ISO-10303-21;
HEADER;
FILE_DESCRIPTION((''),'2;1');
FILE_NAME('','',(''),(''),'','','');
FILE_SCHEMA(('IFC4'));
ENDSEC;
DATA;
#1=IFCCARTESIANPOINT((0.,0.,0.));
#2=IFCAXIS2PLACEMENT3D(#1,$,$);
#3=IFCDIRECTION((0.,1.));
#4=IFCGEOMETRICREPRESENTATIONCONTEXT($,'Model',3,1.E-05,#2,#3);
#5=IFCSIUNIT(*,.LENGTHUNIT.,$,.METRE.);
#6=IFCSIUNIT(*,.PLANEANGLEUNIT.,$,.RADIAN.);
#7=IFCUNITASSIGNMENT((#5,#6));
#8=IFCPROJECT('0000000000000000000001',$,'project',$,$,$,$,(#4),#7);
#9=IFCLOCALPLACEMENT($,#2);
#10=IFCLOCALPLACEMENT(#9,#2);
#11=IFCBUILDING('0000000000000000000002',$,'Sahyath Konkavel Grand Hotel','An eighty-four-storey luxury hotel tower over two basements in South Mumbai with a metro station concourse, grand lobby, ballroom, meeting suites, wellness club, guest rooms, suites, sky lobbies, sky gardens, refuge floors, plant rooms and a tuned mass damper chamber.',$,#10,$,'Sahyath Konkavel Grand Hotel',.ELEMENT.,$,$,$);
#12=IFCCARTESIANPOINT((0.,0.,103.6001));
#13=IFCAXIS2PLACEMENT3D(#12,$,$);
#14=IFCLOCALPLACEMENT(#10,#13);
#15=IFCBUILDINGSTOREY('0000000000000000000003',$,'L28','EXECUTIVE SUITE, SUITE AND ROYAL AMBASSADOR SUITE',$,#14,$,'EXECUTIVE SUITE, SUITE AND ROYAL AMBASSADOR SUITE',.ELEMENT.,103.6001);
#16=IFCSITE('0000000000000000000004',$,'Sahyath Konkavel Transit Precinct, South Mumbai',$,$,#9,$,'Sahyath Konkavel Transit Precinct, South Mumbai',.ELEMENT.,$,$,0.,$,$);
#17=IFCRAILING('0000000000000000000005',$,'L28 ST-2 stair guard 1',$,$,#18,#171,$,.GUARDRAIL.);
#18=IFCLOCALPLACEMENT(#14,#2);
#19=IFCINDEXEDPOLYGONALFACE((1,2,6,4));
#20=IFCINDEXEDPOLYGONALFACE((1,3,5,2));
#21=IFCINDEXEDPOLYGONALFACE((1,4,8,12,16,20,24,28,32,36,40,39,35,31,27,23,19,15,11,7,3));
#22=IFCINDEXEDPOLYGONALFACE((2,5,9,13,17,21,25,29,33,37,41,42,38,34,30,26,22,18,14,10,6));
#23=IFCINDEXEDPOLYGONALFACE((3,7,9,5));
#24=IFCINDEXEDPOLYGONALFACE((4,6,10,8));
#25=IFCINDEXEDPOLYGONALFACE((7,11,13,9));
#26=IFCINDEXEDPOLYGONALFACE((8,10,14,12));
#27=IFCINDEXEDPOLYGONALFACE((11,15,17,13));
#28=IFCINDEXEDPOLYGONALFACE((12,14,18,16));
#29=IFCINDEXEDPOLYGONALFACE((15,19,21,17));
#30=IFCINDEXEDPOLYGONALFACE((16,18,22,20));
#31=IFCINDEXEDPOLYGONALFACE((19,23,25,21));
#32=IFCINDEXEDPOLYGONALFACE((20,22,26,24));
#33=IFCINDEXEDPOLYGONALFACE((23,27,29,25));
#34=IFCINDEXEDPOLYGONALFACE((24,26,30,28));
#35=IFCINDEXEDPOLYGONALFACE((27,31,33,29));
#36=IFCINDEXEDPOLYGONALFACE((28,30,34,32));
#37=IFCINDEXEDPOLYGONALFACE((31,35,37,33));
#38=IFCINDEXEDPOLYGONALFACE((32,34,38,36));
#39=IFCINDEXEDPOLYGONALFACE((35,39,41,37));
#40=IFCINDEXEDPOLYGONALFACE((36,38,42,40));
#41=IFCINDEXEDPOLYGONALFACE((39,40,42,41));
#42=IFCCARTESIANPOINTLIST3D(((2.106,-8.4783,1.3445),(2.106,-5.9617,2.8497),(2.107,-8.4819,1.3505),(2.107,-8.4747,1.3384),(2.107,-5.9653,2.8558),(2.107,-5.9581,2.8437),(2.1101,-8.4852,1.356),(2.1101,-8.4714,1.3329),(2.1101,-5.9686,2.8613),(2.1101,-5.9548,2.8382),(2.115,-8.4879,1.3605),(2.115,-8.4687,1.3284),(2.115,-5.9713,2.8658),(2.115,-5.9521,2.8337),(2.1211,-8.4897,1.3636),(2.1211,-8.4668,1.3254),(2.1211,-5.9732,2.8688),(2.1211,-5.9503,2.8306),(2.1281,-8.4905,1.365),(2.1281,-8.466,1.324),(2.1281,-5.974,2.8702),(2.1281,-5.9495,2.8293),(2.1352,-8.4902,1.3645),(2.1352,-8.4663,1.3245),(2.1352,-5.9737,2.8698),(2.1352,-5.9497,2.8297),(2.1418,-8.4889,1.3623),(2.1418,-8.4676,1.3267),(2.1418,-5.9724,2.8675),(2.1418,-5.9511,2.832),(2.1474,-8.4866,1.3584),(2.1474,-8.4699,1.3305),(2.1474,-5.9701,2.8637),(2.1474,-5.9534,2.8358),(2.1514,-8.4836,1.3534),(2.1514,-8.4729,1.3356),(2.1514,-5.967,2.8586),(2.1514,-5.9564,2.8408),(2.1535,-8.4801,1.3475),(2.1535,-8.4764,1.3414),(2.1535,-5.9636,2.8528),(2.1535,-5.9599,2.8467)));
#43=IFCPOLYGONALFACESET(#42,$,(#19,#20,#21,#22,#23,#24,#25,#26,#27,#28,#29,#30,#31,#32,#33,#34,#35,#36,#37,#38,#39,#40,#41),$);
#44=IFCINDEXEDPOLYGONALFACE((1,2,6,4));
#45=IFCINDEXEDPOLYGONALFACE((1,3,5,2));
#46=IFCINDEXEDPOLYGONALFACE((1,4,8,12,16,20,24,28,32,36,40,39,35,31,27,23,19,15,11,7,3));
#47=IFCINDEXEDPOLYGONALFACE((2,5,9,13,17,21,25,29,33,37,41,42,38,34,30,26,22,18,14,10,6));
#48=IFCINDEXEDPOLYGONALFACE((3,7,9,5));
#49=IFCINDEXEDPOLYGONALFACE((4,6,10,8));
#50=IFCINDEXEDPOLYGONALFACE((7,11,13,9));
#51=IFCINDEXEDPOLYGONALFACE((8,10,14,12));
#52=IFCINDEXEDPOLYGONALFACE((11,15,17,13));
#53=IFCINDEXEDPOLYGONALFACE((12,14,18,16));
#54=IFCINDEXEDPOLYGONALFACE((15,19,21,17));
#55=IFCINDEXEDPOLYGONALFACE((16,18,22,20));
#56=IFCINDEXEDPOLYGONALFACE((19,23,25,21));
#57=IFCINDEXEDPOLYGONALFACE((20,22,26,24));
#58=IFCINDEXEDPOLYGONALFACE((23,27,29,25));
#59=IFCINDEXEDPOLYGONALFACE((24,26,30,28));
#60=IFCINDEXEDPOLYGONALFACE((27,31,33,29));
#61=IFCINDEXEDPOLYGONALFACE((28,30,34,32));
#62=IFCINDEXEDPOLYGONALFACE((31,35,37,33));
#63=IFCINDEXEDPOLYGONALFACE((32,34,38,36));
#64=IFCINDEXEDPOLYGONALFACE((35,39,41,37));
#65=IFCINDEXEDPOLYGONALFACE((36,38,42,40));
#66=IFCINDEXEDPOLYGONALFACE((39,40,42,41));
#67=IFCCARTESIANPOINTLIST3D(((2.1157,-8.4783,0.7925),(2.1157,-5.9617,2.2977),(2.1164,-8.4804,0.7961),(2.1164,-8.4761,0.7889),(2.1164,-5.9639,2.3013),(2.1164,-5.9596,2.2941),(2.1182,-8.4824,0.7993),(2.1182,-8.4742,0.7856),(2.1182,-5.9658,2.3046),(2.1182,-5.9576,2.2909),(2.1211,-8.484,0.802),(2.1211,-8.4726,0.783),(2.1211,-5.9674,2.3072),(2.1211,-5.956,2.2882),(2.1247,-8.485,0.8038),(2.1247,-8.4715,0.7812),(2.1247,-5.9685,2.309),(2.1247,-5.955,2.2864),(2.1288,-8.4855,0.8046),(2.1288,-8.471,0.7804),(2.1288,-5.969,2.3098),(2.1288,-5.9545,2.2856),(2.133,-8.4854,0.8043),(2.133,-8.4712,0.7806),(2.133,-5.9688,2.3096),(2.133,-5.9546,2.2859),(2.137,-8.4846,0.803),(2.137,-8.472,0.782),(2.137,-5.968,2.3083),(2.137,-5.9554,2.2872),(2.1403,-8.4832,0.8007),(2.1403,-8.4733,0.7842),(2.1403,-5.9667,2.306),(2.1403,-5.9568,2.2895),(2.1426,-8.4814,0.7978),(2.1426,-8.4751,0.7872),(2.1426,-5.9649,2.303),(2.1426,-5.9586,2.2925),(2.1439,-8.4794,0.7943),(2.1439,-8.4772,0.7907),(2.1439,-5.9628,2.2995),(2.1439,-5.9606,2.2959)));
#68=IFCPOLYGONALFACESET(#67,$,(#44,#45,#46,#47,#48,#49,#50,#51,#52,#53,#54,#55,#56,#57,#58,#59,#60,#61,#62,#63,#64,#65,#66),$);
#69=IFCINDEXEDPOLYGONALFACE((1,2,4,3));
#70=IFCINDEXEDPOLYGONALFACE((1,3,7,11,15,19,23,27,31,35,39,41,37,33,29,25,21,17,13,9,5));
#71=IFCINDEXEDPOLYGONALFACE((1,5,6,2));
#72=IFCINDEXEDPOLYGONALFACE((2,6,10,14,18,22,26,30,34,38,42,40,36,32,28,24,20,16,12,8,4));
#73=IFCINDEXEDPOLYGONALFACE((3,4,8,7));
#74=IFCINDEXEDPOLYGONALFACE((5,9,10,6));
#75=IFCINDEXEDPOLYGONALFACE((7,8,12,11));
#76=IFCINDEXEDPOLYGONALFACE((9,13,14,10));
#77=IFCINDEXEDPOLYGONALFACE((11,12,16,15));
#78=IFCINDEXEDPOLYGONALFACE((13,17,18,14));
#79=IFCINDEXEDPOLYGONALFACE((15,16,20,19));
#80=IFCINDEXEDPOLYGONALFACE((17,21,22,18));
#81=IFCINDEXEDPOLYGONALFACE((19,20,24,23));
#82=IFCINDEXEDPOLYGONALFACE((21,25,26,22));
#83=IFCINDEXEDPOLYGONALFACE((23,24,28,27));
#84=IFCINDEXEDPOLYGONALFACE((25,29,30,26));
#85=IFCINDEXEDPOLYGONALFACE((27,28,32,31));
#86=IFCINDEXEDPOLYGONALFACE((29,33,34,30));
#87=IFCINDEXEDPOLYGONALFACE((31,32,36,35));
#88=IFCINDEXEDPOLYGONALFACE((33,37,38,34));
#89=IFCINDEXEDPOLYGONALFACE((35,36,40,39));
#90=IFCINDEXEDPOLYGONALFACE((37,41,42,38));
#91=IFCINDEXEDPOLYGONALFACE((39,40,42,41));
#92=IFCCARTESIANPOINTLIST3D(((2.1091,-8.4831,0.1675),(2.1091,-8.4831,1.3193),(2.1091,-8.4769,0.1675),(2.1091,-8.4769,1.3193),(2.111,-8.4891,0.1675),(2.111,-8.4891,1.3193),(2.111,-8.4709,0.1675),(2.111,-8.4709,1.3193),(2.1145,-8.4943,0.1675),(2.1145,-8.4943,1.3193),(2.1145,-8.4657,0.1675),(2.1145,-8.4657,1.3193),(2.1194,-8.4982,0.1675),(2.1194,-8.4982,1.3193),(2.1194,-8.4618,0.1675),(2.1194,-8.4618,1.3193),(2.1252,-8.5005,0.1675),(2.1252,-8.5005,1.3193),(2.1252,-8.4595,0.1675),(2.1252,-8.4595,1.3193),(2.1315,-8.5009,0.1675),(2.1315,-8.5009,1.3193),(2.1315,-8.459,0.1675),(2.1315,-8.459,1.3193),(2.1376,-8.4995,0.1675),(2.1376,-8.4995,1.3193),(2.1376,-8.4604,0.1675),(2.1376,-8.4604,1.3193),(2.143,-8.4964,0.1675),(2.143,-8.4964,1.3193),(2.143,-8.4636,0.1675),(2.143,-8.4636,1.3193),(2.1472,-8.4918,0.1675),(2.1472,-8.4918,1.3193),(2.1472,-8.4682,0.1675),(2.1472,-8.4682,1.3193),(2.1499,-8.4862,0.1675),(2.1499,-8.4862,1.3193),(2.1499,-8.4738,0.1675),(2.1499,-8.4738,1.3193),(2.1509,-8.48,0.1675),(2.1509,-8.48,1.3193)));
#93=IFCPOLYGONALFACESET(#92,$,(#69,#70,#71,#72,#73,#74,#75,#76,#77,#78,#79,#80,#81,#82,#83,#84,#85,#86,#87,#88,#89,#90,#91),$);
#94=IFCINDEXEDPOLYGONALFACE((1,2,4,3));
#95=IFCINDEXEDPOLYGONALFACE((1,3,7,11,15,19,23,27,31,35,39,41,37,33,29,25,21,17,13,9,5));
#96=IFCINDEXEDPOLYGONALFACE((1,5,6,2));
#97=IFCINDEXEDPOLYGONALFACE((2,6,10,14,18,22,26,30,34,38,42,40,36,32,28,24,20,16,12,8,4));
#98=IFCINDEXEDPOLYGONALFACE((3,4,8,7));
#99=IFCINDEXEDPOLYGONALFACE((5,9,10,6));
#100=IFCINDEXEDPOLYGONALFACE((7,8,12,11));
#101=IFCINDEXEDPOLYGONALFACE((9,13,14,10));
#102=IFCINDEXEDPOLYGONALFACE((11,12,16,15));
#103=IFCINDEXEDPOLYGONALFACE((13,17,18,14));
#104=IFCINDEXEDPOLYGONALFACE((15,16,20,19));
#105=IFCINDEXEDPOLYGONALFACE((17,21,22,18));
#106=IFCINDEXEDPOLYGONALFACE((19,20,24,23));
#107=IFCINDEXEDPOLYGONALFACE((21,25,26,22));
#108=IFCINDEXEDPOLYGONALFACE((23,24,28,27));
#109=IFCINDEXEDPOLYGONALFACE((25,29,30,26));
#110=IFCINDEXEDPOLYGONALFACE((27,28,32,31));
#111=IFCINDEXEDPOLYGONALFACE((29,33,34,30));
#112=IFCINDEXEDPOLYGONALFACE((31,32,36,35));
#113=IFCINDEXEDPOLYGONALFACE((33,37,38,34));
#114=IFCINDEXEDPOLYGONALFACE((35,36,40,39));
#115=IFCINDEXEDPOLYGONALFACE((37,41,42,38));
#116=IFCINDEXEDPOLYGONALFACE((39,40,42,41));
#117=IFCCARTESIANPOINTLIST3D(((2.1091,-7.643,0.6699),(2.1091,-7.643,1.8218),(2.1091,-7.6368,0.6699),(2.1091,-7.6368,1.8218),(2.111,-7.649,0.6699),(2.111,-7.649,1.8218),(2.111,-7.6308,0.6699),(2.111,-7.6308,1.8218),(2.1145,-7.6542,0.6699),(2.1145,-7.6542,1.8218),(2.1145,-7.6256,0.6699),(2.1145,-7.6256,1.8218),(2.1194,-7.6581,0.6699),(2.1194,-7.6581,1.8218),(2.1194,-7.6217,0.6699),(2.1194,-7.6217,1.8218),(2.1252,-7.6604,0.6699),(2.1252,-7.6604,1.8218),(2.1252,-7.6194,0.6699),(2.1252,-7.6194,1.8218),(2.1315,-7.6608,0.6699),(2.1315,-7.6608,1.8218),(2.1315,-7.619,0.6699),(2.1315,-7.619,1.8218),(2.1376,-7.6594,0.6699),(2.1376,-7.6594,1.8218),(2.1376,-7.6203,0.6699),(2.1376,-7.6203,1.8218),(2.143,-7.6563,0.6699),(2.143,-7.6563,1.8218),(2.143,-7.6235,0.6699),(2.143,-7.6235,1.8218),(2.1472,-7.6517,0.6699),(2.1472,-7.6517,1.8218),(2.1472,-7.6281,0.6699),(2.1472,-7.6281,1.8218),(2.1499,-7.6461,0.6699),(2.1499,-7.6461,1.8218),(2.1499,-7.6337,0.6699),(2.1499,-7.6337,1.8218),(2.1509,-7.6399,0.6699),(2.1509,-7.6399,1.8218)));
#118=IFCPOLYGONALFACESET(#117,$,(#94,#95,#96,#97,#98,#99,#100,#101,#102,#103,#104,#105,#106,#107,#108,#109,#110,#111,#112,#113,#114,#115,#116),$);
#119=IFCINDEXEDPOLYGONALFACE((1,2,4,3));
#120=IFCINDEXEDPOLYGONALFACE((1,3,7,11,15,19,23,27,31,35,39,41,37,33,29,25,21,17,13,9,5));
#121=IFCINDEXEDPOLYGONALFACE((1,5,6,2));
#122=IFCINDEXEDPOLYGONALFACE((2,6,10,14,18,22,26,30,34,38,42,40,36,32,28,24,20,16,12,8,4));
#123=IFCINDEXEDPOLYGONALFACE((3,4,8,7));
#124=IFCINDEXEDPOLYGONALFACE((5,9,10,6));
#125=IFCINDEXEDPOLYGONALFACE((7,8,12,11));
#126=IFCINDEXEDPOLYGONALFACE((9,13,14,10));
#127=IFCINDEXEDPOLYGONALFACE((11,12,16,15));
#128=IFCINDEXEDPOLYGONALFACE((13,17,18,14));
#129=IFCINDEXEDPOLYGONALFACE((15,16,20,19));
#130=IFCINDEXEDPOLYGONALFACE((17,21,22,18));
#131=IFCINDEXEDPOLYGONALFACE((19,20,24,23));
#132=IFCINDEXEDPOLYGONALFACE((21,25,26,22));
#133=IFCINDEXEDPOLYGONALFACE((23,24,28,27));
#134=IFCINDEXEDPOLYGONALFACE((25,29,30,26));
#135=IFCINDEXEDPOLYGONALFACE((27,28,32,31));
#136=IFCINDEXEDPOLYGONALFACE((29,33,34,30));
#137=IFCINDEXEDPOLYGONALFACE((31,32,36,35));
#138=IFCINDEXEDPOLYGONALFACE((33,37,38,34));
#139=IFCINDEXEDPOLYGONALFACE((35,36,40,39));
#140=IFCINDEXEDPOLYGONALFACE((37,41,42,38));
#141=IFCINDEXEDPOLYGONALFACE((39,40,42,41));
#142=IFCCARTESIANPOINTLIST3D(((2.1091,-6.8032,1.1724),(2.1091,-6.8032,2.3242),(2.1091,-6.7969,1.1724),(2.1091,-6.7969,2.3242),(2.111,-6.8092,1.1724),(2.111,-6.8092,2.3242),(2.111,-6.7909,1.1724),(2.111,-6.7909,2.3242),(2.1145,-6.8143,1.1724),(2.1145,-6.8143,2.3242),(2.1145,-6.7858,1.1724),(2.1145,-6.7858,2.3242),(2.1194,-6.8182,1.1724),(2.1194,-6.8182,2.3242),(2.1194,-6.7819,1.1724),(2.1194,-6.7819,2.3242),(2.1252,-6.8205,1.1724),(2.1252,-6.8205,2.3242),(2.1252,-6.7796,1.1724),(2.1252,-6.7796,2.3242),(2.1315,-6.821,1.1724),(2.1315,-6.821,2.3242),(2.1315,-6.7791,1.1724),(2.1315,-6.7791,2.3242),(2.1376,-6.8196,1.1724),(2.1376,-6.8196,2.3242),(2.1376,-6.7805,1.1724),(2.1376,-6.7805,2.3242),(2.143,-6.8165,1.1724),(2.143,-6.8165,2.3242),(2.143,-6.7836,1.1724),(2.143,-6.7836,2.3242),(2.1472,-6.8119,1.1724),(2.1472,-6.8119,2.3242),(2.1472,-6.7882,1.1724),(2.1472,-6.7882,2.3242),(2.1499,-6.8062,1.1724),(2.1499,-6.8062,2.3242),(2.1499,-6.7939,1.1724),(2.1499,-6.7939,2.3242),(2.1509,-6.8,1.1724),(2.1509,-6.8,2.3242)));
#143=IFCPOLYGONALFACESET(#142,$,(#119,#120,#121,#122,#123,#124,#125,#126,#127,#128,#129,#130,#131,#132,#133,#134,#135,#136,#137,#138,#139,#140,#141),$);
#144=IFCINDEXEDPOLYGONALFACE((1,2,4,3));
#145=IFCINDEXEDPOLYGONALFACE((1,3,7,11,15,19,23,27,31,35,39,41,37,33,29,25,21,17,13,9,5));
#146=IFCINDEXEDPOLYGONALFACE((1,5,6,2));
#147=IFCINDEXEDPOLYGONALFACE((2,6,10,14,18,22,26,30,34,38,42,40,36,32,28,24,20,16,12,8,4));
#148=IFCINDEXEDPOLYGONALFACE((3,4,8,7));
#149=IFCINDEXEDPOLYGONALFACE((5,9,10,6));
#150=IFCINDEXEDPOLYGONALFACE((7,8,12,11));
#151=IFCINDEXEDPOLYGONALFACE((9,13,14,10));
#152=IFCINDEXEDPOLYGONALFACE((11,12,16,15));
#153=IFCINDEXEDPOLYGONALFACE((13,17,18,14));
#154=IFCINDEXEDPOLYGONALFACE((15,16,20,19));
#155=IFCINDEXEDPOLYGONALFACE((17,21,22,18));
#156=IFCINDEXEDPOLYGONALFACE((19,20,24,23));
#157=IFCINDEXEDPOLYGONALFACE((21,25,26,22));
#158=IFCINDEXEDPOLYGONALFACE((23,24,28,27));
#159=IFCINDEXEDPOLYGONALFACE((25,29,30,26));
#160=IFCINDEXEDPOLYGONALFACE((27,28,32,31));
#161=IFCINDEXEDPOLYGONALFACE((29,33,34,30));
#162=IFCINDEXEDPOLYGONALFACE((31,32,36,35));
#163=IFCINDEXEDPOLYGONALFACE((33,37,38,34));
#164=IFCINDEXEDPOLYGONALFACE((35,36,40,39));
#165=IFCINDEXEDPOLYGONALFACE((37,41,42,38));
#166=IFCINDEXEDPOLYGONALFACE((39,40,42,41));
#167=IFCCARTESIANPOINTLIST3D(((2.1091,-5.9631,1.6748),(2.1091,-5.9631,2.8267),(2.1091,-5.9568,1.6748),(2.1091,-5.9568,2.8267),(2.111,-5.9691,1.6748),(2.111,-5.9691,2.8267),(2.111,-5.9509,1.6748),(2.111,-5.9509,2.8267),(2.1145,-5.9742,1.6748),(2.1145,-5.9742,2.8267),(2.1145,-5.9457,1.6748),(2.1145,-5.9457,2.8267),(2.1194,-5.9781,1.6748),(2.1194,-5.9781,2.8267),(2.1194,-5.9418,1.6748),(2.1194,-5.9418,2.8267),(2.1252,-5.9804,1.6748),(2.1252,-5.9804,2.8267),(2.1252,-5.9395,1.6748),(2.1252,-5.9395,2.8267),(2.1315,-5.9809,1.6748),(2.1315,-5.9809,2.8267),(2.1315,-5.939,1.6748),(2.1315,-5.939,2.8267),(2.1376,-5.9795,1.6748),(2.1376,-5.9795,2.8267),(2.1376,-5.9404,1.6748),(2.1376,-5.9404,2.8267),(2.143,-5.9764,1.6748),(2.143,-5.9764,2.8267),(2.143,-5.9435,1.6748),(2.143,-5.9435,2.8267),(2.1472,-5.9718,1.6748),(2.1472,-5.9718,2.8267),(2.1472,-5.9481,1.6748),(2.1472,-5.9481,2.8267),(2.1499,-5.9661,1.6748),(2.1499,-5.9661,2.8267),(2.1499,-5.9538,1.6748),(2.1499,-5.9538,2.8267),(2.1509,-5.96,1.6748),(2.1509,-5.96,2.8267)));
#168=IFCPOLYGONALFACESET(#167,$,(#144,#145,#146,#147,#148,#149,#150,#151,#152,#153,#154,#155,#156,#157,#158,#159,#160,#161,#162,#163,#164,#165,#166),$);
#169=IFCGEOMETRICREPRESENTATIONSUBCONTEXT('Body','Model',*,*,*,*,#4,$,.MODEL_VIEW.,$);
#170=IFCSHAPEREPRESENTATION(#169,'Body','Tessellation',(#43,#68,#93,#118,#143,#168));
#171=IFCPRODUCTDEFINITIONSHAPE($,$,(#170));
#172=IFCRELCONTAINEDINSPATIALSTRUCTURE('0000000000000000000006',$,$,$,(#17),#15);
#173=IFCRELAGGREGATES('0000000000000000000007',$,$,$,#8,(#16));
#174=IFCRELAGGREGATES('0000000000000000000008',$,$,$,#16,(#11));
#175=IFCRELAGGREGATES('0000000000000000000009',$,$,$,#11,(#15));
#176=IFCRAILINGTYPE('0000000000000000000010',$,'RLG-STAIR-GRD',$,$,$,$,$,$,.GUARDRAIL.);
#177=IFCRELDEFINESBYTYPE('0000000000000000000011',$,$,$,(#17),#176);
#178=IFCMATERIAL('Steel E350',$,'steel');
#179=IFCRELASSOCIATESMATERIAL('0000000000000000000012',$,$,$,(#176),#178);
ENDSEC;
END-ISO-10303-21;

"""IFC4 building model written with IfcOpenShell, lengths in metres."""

from ifc_helpers import new_model, si_unit, direction, frame, origin, origin_2d, place, context, subcontext, project, spatial, circle, extrude, material, type_object, element, save


model = new_model("IFC4")

# Units and contexts
model_context = context("Model", 3, precision=1e-05, world=origin(), true_north=direction((0.0, 1.0)))
body_context = subcontext(model_context, "Body", "Model", "MODEL_VIEW")
ifc_project = project(units=[si_unit("LENGTHUNIT", "METRE"), si_unit("PLANEANGLEUNIT", "RADIAN")], contexts=[model_context])

# Site, building, storey
site_placement = place(None, origin())
site = spatial("IfcSite", under=ifc_project, at=site_placement, Name="Sahyath Konkavel Transit Precinct, South Mumbai", LongName="Sahyath Konkavel Transit Precinct, South Mumbai", CompositionType="ELEMENT", RefElevation=0.0)
building_placement = place(site_placement, origin())
building = spatial("IfcBuilding", under=site, at=building_placement, Name="Sahyath Konkavel Grand Hotel", Description="An eighty-four-storey luxury hotel tower over two basements in South Mumbai with a metro station concourse, grand lobby, ballroom, meeting suites, wellness club, guest rooms, suites, sky lobbies, sky gardens, refuge floors, plant rooms and a tuned mass damper chamber.", LongName="Sahyath Konkavel Grand Hotel", CompositionType="ELEMENT")
storey_placement = place(building_placement, frame((0.0, 0.0, 103.6001)))
storey = spatial("IfcBuildingStorey", under=building, at=storey_placement, Name="L28", Description="EXECUTIVE SUITE, SUITE AND ROYAL AMBASSADOR SUITE", LongName="EXECUTIVE SUITE, SUITE AND ROYAL AMBASSADOR SUITE", CompositionType="ELEMENT", Elevation=103.6001)

# Shared definitions
ifc_material_1 = material(Name="Steel E350", Category="steel")

# Railing
railing_type_1 = type_object("IfcRailingType", Name="RLG-STAIR-GRD", PredefinedType="GUARDRAIL", material=ifc_material_1)
railing_1_placement = place(storey_placement, frame((2.1299, -8.48, 0.1675)))
element("IfcRailing", 1, at=railing_1_placement, inside=storey, type_object=railing_type_1, Name="L28 ST-2 stair guard 1", PredefinedType="GUARDRAIL", context=body_context, shape_type="SweptSolid", body=[
    extrude(circle(Radius=0.0239, at=origin_2d()), frame((0.0, 0.0017, 1.177), z_axis=(0.0, 0.858196, 0.513321), x_axis=(-1.0, 0.0, 0.0)), (0.0, 0.0, 1.0), 2.9324),
    extrude(circle(Radius=0.0142, at=origin_2d()), frame((0.0, 0.0017, 0.625), z_axis=(0.0, 0.858196, 0.513321), x_axis=(-1.0, 0.0, 0.0)), (0.0, 0.0, 1.0), 2.9324),
    extrude(circle(Radius=0.021, at=origin_2d()), origin(), (0.0, 0.0, 1.0), 1.1519),
    extrude(circle(Radius=0.021, at=origin_2d()), frame((0.0, 0.8401, 0.5024)), (0.0, 0.0, 1.0), 1.1519),
    extrude(circle(Radius=0.021, at=origin_2d()), frame((0.0, 1.6799, 1.0049)), (0.0, 0.0, 1.0), 1.1519),
    extrude(circle(Radius=0.021, at=origin_2d()), frame((0.0, 2.52, 1.5073)), (0.0, 0.0, 1.0), 1.1519),
])

save(model, "model.ifc")
